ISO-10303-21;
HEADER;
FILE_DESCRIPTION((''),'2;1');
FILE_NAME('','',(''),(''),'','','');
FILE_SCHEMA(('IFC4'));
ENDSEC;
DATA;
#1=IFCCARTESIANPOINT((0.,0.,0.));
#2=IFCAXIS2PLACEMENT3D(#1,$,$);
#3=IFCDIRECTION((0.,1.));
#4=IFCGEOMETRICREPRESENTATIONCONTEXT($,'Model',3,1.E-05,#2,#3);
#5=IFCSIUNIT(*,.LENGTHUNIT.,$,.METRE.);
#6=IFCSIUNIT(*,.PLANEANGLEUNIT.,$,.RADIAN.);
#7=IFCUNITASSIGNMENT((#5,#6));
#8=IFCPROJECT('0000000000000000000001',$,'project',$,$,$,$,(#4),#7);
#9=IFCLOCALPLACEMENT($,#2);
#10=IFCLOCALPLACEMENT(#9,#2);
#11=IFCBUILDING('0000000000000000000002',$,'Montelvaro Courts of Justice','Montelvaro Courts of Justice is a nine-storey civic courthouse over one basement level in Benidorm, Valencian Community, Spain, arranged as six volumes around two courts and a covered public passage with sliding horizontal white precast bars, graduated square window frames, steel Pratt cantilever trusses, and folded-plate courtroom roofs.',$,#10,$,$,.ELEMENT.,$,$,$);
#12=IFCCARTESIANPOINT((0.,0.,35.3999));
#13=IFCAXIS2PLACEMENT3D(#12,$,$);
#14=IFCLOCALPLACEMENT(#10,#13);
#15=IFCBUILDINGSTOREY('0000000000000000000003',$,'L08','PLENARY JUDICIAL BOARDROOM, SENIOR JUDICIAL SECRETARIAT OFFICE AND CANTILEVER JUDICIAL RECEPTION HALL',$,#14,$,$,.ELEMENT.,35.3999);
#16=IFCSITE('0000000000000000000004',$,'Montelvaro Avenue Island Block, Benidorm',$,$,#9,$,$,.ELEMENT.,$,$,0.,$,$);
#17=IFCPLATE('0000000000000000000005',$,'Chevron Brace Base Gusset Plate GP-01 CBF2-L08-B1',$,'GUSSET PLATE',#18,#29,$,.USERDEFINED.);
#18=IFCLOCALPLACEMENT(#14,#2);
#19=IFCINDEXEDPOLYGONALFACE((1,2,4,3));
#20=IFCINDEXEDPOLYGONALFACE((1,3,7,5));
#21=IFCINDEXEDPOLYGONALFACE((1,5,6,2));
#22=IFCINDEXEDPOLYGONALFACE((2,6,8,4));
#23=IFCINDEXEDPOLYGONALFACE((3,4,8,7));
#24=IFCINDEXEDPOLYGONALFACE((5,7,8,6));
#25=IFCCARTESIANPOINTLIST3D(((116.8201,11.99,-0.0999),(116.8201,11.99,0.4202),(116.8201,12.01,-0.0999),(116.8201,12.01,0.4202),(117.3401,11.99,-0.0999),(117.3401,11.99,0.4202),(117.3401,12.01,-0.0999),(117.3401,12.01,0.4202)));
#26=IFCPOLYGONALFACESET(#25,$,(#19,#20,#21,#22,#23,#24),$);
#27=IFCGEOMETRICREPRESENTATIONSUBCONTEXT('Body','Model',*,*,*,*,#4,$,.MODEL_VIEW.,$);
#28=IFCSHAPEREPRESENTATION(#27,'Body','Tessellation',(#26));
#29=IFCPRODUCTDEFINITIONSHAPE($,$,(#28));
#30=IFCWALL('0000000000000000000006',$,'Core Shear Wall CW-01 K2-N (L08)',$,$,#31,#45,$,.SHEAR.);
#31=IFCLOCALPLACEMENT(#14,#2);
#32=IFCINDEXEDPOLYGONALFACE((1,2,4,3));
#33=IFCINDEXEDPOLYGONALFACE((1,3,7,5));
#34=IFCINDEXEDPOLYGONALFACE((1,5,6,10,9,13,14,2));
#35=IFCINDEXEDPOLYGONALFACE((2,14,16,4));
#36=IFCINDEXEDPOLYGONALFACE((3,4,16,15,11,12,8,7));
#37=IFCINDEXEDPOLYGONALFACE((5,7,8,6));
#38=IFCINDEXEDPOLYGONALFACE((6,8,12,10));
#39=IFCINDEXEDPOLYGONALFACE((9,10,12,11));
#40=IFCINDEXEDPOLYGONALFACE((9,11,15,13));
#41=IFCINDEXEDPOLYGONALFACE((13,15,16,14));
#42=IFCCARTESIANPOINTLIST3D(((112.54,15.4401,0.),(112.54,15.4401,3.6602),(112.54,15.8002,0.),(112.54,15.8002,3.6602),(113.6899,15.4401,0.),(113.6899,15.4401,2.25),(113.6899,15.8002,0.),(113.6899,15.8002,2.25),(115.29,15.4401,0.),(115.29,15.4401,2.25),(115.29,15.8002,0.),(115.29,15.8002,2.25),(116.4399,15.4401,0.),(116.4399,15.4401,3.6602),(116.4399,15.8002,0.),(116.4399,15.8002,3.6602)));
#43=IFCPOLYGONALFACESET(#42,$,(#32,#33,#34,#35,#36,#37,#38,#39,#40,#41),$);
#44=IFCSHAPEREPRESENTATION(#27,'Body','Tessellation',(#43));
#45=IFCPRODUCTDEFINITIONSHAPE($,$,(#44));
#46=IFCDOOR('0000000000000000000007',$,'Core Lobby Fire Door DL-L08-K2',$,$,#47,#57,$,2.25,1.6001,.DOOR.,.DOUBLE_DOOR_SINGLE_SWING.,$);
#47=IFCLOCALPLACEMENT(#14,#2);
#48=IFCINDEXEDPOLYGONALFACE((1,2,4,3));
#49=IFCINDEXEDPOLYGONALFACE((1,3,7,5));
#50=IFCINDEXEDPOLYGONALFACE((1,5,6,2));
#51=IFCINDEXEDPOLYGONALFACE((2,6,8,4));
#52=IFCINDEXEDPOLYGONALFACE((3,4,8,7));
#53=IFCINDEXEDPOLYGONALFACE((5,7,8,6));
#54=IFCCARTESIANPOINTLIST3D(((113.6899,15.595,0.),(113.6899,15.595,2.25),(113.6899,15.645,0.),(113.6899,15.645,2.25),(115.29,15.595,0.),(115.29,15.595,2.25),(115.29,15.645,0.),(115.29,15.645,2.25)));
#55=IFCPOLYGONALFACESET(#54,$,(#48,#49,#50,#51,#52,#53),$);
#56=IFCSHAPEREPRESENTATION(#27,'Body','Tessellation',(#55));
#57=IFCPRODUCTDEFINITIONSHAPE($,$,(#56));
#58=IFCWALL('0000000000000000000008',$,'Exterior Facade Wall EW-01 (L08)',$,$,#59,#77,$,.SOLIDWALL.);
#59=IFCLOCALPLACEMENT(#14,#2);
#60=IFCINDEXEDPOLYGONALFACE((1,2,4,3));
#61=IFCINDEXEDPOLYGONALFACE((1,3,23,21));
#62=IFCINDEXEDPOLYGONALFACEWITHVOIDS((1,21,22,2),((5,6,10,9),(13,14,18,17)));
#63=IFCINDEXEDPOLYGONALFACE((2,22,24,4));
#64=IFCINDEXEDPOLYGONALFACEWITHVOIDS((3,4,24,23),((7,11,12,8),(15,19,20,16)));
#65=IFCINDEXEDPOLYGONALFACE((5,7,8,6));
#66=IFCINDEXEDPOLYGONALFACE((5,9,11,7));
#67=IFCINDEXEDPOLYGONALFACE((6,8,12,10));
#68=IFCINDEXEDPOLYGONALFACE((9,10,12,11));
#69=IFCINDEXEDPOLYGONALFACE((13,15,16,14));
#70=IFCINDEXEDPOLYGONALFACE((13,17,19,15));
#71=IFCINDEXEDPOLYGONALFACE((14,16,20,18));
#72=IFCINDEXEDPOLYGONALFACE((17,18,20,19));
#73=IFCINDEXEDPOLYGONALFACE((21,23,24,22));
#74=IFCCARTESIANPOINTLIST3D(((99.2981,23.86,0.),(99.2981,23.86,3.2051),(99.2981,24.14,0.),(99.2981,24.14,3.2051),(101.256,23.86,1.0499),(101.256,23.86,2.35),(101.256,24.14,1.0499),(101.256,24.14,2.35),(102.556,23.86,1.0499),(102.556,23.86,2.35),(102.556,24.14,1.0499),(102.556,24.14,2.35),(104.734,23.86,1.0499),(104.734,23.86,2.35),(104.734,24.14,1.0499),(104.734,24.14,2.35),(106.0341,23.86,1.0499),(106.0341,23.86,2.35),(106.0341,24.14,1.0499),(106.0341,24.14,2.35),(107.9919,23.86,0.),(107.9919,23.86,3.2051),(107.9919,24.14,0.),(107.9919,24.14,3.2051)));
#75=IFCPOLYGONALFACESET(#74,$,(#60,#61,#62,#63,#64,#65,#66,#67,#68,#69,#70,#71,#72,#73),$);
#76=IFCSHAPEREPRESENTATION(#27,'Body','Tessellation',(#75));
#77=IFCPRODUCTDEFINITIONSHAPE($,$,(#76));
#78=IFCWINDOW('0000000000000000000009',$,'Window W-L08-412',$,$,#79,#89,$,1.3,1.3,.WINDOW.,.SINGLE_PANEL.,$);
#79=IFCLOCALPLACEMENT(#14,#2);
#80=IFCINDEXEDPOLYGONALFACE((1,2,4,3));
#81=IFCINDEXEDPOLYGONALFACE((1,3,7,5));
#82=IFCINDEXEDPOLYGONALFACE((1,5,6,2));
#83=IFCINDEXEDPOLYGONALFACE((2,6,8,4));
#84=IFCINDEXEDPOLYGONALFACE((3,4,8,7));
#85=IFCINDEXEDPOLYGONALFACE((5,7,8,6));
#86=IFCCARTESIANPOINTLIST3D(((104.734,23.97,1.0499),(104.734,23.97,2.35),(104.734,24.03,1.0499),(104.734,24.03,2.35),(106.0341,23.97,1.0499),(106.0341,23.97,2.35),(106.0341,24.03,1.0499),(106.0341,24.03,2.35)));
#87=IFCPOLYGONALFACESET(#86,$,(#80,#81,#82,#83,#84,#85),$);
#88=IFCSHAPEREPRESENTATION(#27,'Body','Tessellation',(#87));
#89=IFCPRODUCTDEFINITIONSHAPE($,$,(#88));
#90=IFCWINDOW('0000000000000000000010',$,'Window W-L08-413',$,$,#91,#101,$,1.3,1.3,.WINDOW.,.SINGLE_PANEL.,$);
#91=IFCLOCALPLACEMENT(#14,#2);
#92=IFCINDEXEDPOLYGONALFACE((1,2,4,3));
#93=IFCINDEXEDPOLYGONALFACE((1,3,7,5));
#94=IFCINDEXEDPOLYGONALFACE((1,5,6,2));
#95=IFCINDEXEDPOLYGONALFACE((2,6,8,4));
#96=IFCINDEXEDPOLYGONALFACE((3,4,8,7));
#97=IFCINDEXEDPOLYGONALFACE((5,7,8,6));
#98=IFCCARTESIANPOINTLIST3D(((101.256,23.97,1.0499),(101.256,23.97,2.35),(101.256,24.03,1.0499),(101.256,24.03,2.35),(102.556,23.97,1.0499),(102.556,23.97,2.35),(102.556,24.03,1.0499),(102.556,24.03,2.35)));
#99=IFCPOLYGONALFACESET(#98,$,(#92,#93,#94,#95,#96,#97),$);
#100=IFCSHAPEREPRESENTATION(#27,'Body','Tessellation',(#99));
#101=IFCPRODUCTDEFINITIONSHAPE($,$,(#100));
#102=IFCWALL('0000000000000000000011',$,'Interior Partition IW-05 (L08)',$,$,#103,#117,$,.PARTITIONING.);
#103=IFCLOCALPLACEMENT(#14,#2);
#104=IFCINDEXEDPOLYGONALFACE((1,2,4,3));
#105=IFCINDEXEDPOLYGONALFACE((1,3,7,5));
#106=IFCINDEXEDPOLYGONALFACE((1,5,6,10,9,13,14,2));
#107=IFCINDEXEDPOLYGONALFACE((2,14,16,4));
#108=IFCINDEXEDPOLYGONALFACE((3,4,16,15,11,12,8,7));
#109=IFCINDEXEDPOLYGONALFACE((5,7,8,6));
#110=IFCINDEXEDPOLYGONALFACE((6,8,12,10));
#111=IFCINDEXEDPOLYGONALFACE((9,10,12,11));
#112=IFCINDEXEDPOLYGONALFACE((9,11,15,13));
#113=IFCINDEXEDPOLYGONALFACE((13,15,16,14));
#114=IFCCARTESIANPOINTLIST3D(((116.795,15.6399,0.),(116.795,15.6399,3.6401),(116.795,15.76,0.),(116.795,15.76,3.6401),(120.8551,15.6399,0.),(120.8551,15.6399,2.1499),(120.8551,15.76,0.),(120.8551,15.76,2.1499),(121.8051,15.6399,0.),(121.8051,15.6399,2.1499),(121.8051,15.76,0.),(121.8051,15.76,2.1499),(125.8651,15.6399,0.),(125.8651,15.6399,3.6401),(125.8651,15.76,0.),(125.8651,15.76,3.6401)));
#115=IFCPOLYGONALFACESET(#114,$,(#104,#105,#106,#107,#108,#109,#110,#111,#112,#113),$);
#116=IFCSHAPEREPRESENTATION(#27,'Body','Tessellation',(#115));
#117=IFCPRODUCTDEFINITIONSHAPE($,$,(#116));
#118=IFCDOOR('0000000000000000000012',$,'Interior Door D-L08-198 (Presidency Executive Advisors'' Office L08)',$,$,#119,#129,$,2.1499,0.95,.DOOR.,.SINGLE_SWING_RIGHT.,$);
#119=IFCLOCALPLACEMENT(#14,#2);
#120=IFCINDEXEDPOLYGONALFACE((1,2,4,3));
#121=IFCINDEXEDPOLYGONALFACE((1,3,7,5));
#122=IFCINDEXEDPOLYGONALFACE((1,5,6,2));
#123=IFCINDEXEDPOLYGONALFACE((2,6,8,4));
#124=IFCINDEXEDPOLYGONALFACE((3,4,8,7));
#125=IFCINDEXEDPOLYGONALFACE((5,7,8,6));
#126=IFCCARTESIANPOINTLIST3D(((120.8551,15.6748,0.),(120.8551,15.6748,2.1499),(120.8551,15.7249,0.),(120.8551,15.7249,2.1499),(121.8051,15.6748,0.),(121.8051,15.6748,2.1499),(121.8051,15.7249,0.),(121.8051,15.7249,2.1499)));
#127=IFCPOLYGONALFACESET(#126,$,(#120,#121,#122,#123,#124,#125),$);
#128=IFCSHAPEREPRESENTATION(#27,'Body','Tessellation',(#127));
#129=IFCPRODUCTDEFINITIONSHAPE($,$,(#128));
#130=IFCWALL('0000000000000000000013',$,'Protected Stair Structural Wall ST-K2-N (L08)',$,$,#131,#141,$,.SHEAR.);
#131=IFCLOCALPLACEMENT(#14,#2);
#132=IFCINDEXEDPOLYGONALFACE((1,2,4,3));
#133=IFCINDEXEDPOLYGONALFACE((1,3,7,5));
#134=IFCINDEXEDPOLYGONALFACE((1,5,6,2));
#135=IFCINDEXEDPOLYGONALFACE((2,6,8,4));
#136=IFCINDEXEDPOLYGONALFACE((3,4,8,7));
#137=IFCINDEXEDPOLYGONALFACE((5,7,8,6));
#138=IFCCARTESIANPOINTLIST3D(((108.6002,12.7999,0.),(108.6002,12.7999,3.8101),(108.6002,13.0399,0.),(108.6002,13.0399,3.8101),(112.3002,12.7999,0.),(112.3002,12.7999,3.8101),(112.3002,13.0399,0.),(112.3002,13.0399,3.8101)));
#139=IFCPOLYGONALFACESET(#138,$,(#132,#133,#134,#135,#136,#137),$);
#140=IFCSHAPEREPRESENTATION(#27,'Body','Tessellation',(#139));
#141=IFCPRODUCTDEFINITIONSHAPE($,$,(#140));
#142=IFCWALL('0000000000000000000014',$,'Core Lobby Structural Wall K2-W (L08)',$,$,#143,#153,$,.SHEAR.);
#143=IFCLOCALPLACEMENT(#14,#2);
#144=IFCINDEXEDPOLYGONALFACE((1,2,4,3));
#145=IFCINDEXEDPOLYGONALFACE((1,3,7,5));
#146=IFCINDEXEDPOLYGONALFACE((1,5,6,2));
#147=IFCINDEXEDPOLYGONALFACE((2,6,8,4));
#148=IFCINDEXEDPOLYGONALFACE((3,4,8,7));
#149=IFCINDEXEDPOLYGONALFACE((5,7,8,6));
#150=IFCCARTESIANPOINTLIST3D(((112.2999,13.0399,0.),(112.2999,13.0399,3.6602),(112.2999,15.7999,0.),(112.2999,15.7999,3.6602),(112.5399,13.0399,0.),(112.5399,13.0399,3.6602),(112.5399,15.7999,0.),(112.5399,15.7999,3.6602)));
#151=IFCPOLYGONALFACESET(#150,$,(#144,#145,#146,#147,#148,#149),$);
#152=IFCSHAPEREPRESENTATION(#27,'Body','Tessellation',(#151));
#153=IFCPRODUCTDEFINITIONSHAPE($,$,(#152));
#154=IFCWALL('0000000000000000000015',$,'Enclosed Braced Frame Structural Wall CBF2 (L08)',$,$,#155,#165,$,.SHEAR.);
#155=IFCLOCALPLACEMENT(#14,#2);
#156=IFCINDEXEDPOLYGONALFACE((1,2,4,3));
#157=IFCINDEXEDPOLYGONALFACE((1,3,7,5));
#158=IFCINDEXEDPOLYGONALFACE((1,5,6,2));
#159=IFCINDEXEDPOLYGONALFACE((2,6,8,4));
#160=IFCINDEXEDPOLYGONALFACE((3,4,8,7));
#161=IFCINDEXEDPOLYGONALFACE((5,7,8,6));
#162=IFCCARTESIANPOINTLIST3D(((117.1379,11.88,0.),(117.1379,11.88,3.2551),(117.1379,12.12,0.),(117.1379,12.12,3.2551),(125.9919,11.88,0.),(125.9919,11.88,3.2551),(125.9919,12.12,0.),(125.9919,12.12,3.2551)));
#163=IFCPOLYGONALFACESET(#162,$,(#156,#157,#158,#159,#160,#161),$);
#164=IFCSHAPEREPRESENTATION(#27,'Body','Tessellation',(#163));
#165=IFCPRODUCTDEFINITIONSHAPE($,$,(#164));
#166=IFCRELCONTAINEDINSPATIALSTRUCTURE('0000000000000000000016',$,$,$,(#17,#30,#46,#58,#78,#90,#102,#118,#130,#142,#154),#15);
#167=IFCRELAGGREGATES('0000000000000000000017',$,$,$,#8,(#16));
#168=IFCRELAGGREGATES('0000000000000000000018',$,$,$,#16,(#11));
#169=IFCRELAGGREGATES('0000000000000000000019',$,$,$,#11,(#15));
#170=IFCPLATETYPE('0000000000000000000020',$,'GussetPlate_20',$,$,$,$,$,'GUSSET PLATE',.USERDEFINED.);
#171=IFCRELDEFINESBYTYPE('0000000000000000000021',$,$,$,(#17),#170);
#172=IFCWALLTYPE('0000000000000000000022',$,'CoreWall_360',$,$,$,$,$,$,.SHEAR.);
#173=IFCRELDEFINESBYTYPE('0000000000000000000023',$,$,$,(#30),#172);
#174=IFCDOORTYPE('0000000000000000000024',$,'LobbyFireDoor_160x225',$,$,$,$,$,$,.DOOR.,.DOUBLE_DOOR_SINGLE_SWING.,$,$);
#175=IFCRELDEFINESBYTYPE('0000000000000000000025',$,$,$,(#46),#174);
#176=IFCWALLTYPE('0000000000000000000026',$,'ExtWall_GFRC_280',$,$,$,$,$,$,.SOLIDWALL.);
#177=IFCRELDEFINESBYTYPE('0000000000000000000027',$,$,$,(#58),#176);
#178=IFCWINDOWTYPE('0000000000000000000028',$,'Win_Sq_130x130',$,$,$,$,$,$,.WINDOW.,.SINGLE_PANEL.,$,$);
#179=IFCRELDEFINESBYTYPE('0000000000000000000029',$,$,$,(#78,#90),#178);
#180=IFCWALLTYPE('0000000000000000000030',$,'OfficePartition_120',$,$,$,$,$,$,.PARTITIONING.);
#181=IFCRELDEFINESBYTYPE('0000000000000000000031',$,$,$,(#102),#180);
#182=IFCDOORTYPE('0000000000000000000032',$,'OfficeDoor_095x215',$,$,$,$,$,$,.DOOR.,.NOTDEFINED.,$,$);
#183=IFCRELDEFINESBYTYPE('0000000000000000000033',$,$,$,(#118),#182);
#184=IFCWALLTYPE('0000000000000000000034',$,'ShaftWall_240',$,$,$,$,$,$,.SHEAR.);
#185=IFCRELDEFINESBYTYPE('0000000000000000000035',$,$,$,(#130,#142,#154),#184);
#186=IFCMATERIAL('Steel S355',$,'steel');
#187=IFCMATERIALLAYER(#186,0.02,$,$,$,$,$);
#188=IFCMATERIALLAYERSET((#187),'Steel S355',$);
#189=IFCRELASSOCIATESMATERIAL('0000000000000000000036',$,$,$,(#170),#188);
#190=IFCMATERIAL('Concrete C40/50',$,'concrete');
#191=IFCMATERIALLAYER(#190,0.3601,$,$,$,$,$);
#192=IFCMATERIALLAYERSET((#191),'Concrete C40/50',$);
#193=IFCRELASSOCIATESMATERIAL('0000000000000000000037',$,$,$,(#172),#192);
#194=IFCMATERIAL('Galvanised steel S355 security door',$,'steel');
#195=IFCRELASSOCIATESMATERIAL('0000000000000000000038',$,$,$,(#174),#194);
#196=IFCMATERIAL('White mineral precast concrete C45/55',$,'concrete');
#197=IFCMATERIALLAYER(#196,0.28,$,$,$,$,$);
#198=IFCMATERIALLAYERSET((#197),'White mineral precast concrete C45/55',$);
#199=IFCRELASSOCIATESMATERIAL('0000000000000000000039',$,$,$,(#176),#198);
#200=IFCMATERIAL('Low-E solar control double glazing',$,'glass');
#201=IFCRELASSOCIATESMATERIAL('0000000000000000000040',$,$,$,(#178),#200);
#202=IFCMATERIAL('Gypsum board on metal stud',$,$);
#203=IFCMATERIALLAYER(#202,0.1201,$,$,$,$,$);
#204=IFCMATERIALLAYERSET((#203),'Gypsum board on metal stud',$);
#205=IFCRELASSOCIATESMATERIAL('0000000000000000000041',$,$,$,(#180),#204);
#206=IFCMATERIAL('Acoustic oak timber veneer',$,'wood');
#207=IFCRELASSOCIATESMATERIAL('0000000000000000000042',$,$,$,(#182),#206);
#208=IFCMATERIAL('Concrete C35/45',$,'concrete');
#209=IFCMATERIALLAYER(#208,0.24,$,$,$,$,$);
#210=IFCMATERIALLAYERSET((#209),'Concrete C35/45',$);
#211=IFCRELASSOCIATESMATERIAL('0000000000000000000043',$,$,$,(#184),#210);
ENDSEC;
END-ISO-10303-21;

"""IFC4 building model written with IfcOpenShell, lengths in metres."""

from ifc_helpers import new_model, si_unit, direction, frame, frame_2d, origin, origin_2d, place, context, subcontext, project, spatial, rectangle, extrude, material, layer, layer_set, type_object, element, fill, save


model = new_model("IFC4")

# Units and contexts
model_context = context("Model", 3, precision=1e-05, world=origin(), true_north=direction((0.0, 1.0)))
body_context = subcontext(model_context, "Body", "Model", "MODEL_VIEW")
ifc_project = project(units=[si_unit("LENGTHUNIT", "METRE"), si_unit("PLANEANGLEUNIT", "RADIAN")], contexts=[model_context])

# Site, building, storey
site_placement = place(None, origin())
site = spatial("IfcSite", under=ifc_project, at=site_placement, Name="Montelvaro Avenue Island Block, Benidorm", CompositionType="ELEMENT", RefElevation=0.0)
building_placement = place(site_placement, origin())
building = spatial("IfcBuilding", under=site, at=building_placement, Name="Montelvaro Courts of Justice", Description="Montelvaro Courts of Justice is a nine-storey civic courthouse over one basement level in Benidorm, Valencian Community, Spain, arranged as six volumes around two courts and a covered public passage with sliding horizontal white precast bars, graduated square window frames, steel Pratt cantilever trusses, and folded-plate courtroom roofs.", CompositionType="ELEMENT")
storey_placement = place(building_placement, frame((0.0, 0.0, 35.3999)))
storey = spatial("IfcBuildingStorey", under=building, at=storey_placement, Name="L08", Description="PLENARY JUDICIAL BOARDROOM, SENIOR JUDICIAL SECRETARIAT OFFICE AND CANTILEVER JUDICIAL RECEPTION HALL", CompositionType="ELEMENT", Elevation=35.3999)

# Shared definitions
ifc_material_1 = material(Name="Steel S355", Category="steel")

# Plate
ifc_layer_1 = layer(ifc_material_1, 0.02)
ifc_layer_set_1 = layer_set([ifc_layer_1], Name="Steel S355")
plate_type_1 = type_object("IfcPlateType", Name="GussetPlate_20", ElementType="GUSSET PLATE", PredefinedType="USERDEFINED", material=ifc_layer_set_1)
plate_1_placement = place(storey_placement, frame((117.0801, 12.0, -0.0999), z_axis=(0.0, 0.0, 1.0), x_axis=(1.0, 0.0, 0.0)))
element("IfcPlate", 1, at=plate_1_placement, inside=storey, type_object=plate_type_1, Name="Chevron Brace Base Gusset Plate GP-01 CBF2-L08-B1", ObjectType="GUSSET PLATE", PredefinedType="USERDEFINED", context=body_context, shape_type="SweptSolid", body=[
    extrude(rectangle(XDim=0.52, YDim=0.02, at=origin_2d()), origin(), (0.0, 0.0, 1.0), 0.52),
])

# Wall, opening, door
ifc_material_2 = material(Name="Concrete C40/50", Category="concrete")
ifc_layer_2 = layer(ifc_material_2, 0.3601)
ifc_layer_set_2 = layer_set([ifc_layer_2], Name="Concrete C40/50")
wall_type_1 = type_object("IfcWallType", Name="CoreWall_360", PredefinedType="SHEAR", material=ifc_layer_set_2)
wall_1_placement = place(storey_placement, frame((112.54, 15.6201, 0.0), z_axis=(0.0, 0.0, 1.0), x_axis=(1.0, 0.0, 0.0)))
wall_1 = element("IfcWall", 2, at=wall_1_placement, inside=storey, type_object=wall_type_1, Name="Core Shear Wall CW-01 K2-N (L08)", PredefinedType="SHEAR", context=body_context, shape_type="SweptSolid", body=[
    extrude(rectangle(XDim=3.8999, YDim=0.3601, at=frame_2d((1.95, 0.0))), origin(), (0.0, 0.0, 1.0), 3.6602),
])
opening_1_placement = place(wall_1_placement, frame((1.1499, 0.0, 0.0)))
opening_1 = element("IfcOpeningElement", 3, at=opening_1_placement, cuts=wall_1, PredefinedType="OPENING", context=body_context, shape_type="SweptSolid", body=[
    extrude(rectangle(XDim=1.6001, YDim=2.25, at=frame_2d((0.8, 1.125))), frame((0.0, 0.1948, 0.0), z_axis=(0.0, -1.0, 0.0), x_axis=(1.0, 0.0, 0.0)), (0.0, 0.0, 1.0), 0.3899),
])
ifc_material_3 = material(Name="Galvanised steel S355 security door", Category="steel")
door_type_1 = type_object("IfcDoorType", Name="LobbyFireDoor_160x225", OperationType="DOUBLE_DOOR_SINGLE_SWING", PredefinedType="DOOR", material=ifc_material_3)
door_1_placement = place(opening_1_placement, origin())
door_1 = element("IfcDoor", 4, at=door_1_placement, inside=storey, type_object=door_type_1, Name="Core Lobby Fire Door DL-L08-K2", OperationType="DOUBLE_DOOR_SINGLE_SWING", OverallHeight=2.25, OverallWidth=1.6001, PredefinedType="DOOR", context=body_context, shape_type="SweptSolid", body=[
    extrude(rectangle(XDim=1.6001, YDim=2.25, at=frame_2d((0.8, 1.125))), frame((0.0, 0.0249, 0.0), z_axis=(0.0, -1.0, 0.0), x_axis=(1.0, 0.0, 0.0)), (0.0, 0.0, 1.0), 0.05),
])
fill(opening_1, door_1)

# Wall, openings, windows
ifc_material_4 = material(Name="White mineral precast concrete C45/55", Category="concrete")
ifc_layer_3 = layer(ifc_material_4, 0.28)
ifc_layer_set_3 = layer_set([ifc_layer_3], Name="White mineral precast concrete C45/55")
wall_type_2 = type_object("IfcWallType", Name="ExtWall_GFRC_280", PredefinedType="SOLIDWALL", material=ifc_layer_set_3)
wall_2_placement = place(storey_placement, frame((107.9919, 24.0, 0.0), z_axis=(0.0, 0.0, 1.0), x_axis=(-1.0, 0.0, 0.0)))
wall_2 = element("IfcWall", 5, at=wall_2_placement, inside=storey, type_object=wall_type_2, Name="Exterior Facade Wall EW-01 (L08)", PredefinedType="SOLIDWALL", context=body_context, shape_type="SweptSolid", body=[
    extrude(rectangle(XDim=8.6938, YDim=0.28, at=frame_2d((4.3469, 0.0))), origin(), (0.0, 0.0, 1.0), 3.2051),
])
opening_2_placement = place(wall_2_placement, frame((1.958, 0.0, 1.05)))
opening_2 = element("IfcOpeningElement", 6, at=opening_2_placement, cuts=wall_2, PredefinedType="OPENING", context=body_context, shape_type="SweptSolid", body=[
    extrude(rectangle(XDim=1.3, YDim=1.3, at=frame_2d((0.6499, 0.6499))), frame((0.0, 0.1548, 0.0), z_axis=(0.0, -1.0, 0.0), x_axis=(1.0, 0.0, 0.0)), (0.0, 0.0, 1.0), 0.3098),
])
opening_3_placement = place(wall_2_placement, frame((5.436, 0.0, 1.05)))
opening_3 = element("IfcOpeningElement", 7, at=opening_3_placement, cuts=wall_2, PredefinedType="OPENING", context=body_context, shape_type="SweptSolid", body=[
    extrude(rectangle(XDim=1.3, YDim=1.3, at=frame_2d((0.6499, 0.6499))), frame((0.0, 0.1548, 0.0), z_axis=(0.0, -1.0, 0.0), x_axis=(1.0, 0.0, 0.0)), (0.0, 0.0, 1.0), 0.3098),
])
ifc_material_5 = material(Name="Low-E solar control double glazing", Category="glass")
window_type = type_object("IfcWindowType", Name="Win_Sq_130x130", PartitioningType="SINGLE_PANEL", PredefinedType="WINDOW", material=ifc_material_5)
window_1_placement = place(opening_2_placement, origin())
window_1 = element("IfcWindow", 8, at=window_1_placement, inside=storey, type_object=window_type, Name="Window W-L08-412", OverallHeight=1.3, OverallWidth=1.3, PartitioningType="SINGLE_PANEL", PredefinedType="WINDOW", context=body_context, shape_type="SweptSolid", body=[
    extrude(rectangle(XDim=1.3, YDim=1.3, at=frame_2d((0.6499, 0.6499))), frame((0.0, 0.03, 0.0), z_axis=(0.0, -1.0, 0.0), x_axis=(1.0, 0.0, 0.0)), (0.0, 0.0, 1.0), 0.0601),
])
fill(opening_2, window_1)
window_2_placement = place(opening_3_placement, origin())
window_2 = element("IfcWindow", 9, at=window_2_placement, inside=storey, type_object=window_type, Name="Window W-L08-413", OverallHeight=1.3, OverallWidth=1.3, PartitioningType="SINGLE_PANEL", PredefinedType="WINDOW", context=body_context, shape_type="SweptSolid", body=[
    extrude(rectangle(XDim=1.3, YDim=1.3, at=frame_2d((0.6499, 0.6499))), frame((0.0, 0.03, 0.0), z_axis=(0.0, -1.0, 0.0), x_axis=(1.0, 0.0, 0.0)), (0.0, 0.0, 1.0), 0.0601),
])
fill(opening_3, window_2)

# Wall, opening, door
ifc_material_6 = material(Name="Gypsum board on metal stud")
ifc_layer_4 = layer(ifc_material_6, 0.1201)
ifc_layer_set_4 = layer_set([ifc_layer_4], Name="Gypsum board on metal stud")
wall_type_3 = type_object("IfcWallType", Name="OfficePartition_120", PredefinedType="PARTITIONING", material=ifc_layer_set_4)
wall_3_placement = place(storey_placement, frame((116.7949, 15.7, 0.0), z_axis=(0.0, 0.0, 1.0), x_axis=(1.0, 0.0, 0.0)))
wall_3 = element("IfcWall", 10, at=wall_3_placement, inside=storey, type_object=wall_type_3, Name="Interior Partition IW-05 (L08)", PredefinedType="PARTITIONING", context=body_context, shape_type="SweptSolid", body=[
    extrude(rectangle(XDim=9.0701, YDim=0.1201, at=frame_2d((4.5352, 0.0))), origin(), (0.0, 0.0, 1.0), 3.6401),
])
opening_4_placement = place(wall_3_placement, frame((4.0601, 0.0, 0.0)))
opening_4 = element("IfcOpeningElement", 11, at=opening_4_placement, cuts=wall_3, PredefinedType="OPENING", context=body_context, shape_type="SweptSolid", body=[
    extrude(rectangle(XDim=0.95, YDim=2.1499, at=frame_2d((0.4751, 1.075))), frame((0.0, 0.075, 0.0), z_axis=(0.0, -1.0, 0.0), x_axis=(1.0, 0.0, 0.0)), (0.0, 0.0, 1.0), 0.1499),
])
ifc_material_7 = material(Name="Acoustic oak timber veneer", Category="wood")
door_type_2 = type_object("IfcDoorType", Name="OfficeDoor_095x215", OperationType="NOTDEFINED", PredefinedType="DOOR", material=ifc_material_7)
door_2_placement = place(opening_4_placement, origin())
door_2 = element("IfcDoor", 12, at=door_2_placement, inside=storey, type_object=door_type_2, Name="Interior Door D-L08-198 (Presidency Executive Advisors' Office L08)", OperationType="SINGLE_SWING_RIGHT", OverallHeight=2.1499, OverallWidth=0.95, PredefinedType="DOOR", context=body_context, shape_type="SweptSolid", body=[
    extrude(rectangle(XDim=0.95, YDim=2.1499, at=frame_2d((0.4751, 1.075))), frame((0.0, 0.0249, 0.0), z_axis=(0.0, -1.0, 0.0), x_axis=(1.0, 0.0, 0.0)), (0.0, 0.0, 1.0), 0.05),
])
fill(opening_4, door_2)

# Walls
ifc_material_8 = material(Name="Concrete C35/45", Category="concrete")
ifc_layer_5 = layer(ifc_material_8, 0.24)
ifc_layer_set_5 = layer_set([ifc_layer_5], Name="Concrete C35/45")
wall_type_4 = type_object("IfcWallType", Name="ShaftWall_240", PredefinedType="SHEAR", material=ifc_layer_set_5)
wall_4_placement = place(storey_placement, frame((108.6001, 12.9199, 0.0), z_axis=(0.0, 0.0, 1.0), x_axis=(1.0, 0.0, 0.0)))
element("IfcWall", 13, at=wall_4_placement, inside=storey, type_object=wall_type_4, Name="Protected Stair Structural Wall ST-K2-N (L08)", PredefinedType="SHEAR", context=body_context, shape_type="SweptSolid", body=[
    extrude(rectangle(XDim=3.7, YDim=0.24, at=frame_2d((1.8501, 0.0))), origin(), (0.0, 0.0, 1.0), 3.8101),
])
wall_5_placement = place(storey_placement, frame((112.4199, 13.04, 0.0), z_axis=(0.0, 0.0, 1.0), x_axis=(0.0, 1.0, 0.0)))
element("IfcWall", 14, at=wall_5_placement, inside=storey, type_object=wall_type_4, Name="Core Lobby Structural Wall K2-W (L08)", PredefinedType="SHEAR", context=body_context, shape_type="SweptSolid", body=[
    extrude(rectangle(XDim=2.76, YDim=0.24, at=frame_2d((1.3799, 0.0))), origin(), (0.0, 0.0, 1.0), 3.6602),
])
wall_6_placement = place(storey_placement, frame((117.1379, 12.0, 0.0), z_axis=(0.0, 0.0, 1.0), x_axis=(1.0, 0.0, 0.0)))
element("IfcWall", 15, at=wall_6_placement, inside=storey, type_object=wall_type_4, Name="Enclosed Braced Frame Structural Wall CBF2 (L08)", PredefinedType="SHEAR", context=body_context, shape_type="SweptSolid", body=[
    extrude(rectangle(XDim=8.854, YDim=0.24, at=frame_2d((4.427, 0.0))), origin(), (0.0, 0.0, 1.0), 3.2551),
])

save(model, "model.ifc")
